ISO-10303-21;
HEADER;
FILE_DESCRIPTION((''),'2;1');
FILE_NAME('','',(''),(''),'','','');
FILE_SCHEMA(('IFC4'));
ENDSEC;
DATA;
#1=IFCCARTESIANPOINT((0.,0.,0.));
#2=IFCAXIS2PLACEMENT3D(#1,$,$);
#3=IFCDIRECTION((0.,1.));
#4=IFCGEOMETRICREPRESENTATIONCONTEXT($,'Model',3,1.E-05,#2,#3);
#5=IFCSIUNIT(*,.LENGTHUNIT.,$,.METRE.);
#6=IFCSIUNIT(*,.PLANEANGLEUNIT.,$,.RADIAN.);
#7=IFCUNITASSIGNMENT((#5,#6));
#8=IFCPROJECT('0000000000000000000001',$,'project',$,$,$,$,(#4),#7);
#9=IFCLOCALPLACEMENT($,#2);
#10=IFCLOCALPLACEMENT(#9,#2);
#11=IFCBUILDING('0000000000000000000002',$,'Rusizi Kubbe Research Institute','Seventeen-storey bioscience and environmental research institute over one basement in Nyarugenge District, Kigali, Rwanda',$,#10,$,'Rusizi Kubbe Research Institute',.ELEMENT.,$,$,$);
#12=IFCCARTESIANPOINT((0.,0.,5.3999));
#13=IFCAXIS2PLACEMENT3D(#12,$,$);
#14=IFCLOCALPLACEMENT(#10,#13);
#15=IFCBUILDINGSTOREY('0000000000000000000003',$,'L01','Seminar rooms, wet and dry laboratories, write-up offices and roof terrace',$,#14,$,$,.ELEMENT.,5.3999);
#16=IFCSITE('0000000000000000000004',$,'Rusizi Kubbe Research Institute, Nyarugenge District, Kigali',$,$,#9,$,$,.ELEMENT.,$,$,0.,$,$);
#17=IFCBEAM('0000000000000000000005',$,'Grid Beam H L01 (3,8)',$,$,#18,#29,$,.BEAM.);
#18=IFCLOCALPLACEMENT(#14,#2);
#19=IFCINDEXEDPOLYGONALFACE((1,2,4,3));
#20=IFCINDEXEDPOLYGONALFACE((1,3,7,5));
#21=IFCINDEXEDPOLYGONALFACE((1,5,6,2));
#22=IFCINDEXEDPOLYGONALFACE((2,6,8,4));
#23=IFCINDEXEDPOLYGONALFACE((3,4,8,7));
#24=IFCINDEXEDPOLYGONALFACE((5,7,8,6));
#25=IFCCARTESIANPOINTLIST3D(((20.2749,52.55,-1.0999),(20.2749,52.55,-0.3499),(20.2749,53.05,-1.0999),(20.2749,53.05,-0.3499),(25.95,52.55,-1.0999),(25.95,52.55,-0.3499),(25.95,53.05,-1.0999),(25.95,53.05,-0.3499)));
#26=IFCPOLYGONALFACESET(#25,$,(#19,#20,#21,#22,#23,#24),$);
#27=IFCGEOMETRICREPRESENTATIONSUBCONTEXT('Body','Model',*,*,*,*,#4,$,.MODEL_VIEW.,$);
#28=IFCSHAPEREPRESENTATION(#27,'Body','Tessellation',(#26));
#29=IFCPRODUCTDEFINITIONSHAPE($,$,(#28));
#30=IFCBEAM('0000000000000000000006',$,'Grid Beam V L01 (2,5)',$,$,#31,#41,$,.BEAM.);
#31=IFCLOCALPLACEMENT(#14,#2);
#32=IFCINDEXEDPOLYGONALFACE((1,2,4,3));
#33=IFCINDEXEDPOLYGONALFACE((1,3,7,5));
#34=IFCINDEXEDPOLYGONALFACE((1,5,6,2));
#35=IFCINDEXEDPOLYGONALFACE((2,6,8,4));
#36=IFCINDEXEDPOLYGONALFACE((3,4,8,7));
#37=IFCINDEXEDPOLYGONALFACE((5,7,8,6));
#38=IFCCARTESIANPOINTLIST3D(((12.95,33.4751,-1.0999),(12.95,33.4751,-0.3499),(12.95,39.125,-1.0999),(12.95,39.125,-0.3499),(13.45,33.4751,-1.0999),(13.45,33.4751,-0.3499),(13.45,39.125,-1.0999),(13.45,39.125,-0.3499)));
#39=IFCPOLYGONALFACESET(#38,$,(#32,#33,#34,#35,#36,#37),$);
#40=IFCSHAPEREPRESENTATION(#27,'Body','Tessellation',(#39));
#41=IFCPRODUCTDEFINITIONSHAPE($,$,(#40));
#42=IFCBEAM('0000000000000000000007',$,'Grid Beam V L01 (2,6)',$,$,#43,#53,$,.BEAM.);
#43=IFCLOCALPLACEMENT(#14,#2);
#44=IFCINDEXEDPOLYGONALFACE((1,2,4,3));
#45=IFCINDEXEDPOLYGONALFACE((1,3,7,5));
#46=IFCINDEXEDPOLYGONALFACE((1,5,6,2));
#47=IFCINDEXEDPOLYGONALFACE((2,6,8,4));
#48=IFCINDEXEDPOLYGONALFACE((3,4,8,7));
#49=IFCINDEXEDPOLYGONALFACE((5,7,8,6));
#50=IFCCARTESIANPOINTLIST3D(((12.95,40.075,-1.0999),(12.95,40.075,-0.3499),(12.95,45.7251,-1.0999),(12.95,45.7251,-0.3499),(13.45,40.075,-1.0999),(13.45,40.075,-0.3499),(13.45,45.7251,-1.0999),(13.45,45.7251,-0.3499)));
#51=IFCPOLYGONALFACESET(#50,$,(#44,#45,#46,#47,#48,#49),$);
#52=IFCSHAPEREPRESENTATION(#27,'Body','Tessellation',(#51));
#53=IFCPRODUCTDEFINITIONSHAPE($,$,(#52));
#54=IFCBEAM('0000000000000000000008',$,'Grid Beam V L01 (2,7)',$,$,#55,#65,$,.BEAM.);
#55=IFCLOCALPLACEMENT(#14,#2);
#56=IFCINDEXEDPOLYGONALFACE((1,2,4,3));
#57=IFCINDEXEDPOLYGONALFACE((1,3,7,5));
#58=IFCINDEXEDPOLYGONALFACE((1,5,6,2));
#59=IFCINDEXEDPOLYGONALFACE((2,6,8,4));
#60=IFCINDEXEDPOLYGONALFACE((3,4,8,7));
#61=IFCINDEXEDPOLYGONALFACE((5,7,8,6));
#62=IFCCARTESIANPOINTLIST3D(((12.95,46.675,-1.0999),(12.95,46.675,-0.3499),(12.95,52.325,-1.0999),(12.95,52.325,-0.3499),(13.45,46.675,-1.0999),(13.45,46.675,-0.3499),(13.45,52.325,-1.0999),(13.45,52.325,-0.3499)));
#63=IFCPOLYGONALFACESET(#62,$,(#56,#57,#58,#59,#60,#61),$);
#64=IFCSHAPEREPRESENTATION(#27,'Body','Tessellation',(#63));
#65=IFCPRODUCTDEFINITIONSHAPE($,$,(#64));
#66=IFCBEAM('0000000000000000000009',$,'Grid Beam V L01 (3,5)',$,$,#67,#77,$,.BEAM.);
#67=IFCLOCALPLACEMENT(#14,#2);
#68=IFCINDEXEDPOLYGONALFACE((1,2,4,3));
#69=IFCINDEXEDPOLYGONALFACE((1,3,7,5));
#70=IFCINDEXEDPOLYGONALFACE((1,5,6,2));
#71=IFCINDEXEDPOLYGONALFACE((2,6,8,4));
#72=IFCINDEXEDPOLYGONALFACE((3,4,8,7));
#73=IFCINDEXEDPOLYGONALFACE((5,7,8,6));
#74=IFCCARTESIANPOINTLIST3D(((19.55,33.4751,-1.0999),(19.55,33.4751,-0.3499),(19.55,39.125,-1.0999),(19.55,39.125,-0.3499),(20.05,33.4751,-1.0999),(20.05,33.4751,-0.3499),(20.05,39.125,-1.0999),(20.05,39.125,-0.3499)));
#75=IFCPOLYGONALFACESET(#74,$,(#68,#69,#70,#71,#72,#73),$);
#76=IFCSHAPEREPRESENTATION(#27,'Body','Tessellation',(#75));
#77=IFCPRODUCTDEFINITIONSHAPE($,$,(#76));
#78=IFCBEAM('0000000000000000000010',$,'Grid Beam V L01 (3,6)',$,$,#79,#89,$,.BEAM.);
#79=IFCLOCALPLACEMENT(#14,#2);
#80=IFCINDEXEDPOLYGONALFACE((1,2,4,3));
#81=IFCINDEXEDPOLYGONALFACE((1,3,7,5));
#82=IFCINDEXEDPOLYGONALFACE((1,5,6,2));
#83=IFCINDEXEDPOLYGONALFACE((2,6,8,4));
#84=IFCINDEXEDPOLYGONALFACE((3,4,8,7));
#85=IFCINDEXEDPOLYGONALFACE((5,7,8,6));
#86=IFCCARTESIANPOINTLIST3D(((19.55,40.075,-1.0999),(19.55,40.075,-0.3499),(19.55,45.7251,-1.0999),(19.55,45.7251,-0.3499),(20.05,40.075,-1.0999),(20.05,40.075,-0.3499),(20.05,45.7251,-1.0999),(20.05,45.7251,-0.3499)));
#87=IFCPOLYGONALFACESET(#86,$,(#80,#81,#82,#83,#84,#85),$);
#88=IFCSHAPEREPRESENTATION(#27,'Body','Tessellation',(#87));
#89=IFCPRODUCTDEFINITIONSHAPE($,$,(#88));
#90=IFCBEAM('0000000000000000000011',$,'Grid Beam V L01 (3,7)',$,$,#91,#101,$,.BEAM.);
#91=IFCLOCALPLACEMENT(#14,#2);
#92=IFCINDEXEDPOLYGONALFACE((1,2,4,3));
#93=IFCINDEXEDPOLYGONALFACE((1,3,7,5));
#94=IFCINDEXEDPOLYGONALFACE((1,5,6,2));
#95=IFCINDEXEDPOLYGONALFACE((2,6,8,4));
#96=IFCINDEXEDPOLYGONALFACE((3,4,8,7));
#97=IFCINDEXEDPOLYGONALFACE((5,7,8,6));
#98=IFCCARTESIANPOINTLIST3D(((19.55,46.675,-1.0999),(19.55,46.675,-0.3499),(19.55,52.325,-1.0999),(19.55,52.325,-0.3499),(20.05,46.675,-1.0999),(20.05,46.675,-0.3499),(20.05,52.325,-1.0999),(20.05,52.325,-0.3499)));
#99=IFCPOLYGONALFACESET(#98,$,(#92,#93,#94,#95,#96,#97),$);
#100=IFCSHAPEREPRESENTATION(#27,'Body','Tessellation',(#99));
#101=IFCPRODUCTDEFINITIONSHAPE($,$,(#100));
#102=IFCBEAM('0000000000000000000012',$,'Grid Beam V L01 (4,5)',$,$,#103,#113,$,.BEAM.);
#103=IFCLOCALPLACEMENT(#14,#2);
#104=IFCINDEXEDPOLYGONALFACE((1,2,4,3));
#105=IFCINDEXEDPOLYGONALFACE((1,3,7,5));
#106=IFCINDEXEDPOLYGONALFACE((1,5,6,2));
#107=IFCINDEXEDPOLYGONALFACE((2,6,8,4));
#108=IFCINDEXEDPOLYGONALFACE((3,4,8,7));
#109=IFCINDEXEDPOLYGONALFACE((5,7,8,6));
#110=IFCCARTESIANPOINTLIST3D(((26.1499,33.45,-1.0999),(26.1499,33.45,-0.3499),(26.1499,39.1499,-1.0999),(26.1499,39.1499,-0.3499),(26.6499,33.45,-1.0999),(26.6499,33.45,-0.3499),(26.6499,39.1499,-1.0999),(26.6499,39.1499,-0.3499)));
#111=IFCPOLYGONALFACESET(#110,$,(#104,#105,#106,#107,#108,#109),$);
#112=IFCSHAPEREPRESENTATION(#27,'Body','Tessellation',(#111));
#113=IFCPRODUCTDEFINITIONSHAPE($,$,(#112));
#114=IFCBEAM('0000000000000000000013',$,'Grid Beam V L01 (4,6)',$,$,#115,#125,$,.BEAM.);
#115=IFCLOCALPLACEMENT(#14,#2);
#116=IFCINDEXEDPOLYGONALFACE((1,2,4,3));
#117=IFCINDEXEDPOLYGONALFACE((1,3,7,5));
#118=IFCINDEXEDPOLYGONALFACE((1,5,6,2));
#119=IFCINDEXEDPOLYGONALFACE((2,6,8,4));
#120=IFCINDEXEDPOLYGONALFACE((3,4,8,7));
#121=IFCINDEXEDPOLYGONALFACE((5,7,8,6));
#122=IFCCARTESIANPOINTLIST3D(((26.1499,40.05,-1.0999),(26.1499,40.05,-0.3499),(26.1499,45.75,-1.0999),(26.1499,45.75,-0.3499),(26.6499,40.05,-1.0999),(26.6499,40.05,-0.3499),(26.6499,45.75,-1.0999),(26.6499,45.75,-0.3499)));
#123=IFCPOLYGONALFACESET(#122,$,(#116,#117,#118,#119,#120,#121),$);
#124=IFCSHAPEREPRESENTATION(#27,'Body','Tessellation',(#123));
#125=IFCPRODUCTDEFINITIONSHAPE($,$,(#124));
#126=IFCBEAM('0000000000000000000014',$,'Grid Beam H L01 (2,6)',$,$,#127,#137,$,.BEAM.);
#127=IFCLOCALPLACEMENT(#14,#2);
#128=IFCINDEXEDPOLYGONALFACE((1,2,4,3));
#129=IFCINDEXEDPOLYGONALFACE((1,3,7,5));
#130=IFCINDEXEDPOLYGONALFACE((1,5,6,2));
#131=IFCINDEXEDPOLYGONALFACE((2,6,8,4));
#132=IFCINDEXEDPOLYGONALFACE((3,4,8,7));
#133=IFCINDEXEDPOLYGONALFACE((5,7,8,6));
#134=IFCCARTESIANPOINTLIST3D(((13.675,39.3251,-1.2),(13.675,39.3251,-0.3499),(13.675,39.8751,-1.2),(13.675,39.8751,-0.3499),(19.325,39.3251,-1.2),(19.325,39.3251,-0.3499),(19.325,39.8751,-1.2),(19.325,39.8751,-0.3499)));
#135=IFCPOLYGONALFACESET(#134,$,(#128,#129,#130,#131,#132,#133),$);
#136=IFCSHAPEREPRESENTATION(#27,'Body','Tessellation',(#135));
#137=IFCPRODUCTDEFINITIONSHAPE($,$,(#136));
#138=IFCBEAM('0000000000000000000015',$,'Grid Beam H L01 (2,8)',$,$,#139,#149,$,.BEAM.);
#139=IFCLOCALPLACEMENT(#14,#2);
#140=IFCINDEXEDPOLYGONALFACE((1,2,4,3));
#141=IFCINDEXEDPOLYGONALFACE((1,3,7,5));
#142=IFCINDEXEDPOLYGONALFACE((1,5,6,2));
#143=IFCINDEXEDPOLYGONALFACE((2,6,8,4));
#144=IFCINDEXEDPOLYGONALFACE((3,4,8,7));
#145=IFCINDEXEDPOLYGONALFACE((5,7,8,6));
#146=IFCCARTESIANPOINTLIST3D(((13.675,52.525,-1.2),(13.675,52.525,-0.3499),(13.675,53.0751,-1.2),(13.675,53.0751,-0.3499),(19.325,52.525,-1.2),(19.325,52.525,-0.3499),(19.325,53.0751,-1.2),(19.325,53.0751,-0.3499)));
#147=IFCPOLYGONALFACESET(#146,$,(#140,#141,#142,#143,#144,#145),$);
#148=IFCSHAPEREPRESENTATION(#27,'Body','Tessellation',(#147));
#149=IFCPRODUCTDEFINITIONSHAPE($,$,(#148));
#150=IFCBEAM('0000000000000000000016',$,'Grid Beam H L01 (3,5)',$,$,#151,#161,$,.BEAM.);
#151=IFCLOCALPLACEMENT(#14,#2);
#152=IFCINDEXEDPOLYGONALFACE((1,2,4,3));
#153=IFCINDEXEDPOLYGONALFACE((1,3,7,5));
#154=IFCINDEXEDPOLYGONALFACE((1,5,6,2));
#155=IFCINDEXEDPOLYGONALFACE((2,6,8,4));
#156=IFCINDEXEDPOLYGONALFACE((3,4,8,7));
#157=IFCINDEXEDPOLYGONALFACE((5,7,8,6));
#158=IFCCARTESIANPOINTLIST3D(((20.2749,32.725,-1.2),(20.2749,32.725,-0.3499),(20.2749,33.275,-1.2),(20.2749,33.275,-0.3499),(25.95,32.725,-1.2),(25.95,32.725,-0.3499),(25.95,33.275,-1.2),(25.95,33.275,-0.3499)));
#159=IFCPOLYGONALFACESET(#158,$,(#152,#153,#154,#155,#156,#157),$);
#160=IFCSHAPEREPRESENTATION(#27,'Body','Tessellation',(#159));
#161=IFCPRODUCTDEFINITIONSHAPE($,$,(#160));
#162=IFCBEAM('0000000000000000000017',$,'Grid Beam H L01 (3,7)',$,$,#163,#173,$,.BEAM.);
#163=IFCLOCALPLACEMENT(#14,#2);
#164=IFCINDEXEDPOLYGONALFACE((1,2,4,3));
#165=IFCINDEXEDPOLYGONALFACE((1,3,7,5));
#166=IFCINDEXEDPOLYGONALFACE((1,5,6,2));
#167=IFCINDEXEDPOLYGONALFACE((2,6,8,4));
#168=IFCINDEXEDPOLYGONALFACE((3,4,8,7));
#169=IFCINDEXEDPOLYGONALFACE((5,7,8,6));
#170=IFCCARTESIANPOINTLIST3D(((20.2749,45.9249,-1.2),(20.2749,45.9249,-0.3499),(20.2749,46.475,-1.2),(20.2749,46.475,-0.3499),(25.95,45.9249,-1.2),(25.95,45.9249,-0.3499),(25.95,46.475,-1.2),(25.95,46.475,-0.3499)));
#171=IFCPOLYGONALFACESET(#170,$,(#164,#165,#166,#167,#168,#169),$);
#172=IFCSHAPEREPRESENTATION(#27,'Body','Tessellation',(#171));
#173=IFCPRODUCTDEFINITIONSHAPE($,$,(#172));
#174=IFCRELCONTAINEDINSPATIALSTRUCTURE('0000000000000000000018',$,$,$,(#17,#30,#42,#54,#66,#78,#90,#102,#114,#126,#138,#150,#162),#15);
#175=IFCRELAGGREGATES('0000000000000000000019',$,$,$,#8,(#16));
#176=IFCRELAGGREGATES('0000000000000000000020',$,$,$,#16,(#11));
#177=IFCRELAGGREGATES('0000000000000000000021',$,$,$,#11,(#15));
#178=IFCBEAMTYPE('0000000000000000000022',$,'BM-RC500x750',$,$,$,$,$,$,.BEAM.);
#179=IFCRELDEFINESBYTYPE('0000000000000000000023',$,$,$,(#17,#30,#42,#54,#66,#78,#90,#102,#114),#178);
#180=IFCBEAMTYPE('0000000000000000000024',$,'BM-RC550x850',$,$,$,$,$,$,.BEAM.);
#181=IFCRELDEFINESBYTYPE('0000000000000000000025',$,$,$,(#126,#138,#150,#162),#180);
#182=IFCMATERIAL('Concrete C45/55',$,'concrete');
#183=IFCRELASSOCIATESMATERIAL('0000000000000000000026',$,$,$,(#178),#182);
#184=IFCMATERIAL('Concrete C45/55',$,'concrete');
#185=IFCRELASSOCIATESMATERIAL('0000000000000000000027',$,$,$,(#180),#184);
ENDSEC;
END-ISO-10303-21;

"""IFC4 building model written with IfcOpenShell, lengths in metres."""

from ifc_helpers import new_model, si_unit, direction, frame, origin, origin_2d, place, context, subcontext, project, spatial, rectangle, extrude, material, material_profile, profile_set, type_object, element, save


model = new_model("IFC4")

# Units and contexts
model_context = context("Model", 3, precision=1e-05, world=origin(), true_north=direction((0.0, 1.0)))
body_context = subcontext(model_context, "Body", "Model", "MODEL_VIEW")
ifc_project = project(units=[si_unit("LENGTHUNIT", "METRE"), si_unit("PLANEANGLEUNIT", "RADIAN")], contexts=[model_context])

# Site, building, storey
site_placement = place(None, origin())
site = spatial("IfcSite", under=ifc_project, at=site_placement, Name="Rusizi Kubbe Research Institute, Nyarugenge District, Kigali", CompositionType="ELEMENT", RefElevation=0.0)
building_placement = place(site_placement, origin())
building = spatial("IfcBuilding", under=site, at=building_placement, Name="Rusizi Kubbe Research Institute", Description="Seventeen-storey bioscience and environmental research institute over one basement in Nyarugenge District, Kigali, Rwanda", LongName="Rusizi Kubbe Research Institute", CompositionType="ELEMENT")
storey_placement = place(building_placement, frame((0.0, 0.0, 5.3999)))
storey = spatial("IfcBuildingStorey", under=building, at=storey_placement, Name="L01", Description="Seminar rooms, wet and dry laboratories, write-up offices and roof terrace", CompositionType="ELEMENT", Elevation=5.3999)

# Beams
ifc_material_1 = material(Name="Concrete C45/55", Category="concrete")
ifc_material_profile_1 = material_profile(ifc_material_1, rectangle(XDim=0.5, YDim=0.75, at=origin_2d()), Name="RC500x750B")
ifc_profile_set_1 = profile_set([ifc_material_profile_1], Name="Concrete C45/55")
beam_type_1 = type_object("IfcBeamType", Name="BM-RC500x750", PredefinedType="BEAM", material=ifc_profile_set_1)
for number, where, z_axis, x_axis, name in (
    (1, (20.2749, 52.8, -0.7249), (1.0, 0.0, 0.0), (0.0, 1.0, 0.0), "Grid Beam H L01 (3,8)"),
):
    element("IfcBeam", number, at=place(storey_placement, frame(where, z_axis=z_axis, x_axis=x_axis)), inside=storey, type_object=beam_type_1, Name=name, PredefinedType="BEAM", context=body_context, shape_type="SweptSolid", body=[
        extrude(rectangle(XDim=0.5, YDim=0.75, at=origin_2d()), origin(), (0.0, 0.0, 1.0), 5.675),
    ])
beam_1_placement = place(storey_placement, frame((13.2, 33.4751, -0.7249), z_axis=(0.0, 1.0, 0.0), x_axis=(-1.0, 0.0, 0.0)))
element("IfcBeam", 2, at=beam_1_placement, inside=storey, type_object=beam_type_1, Name="Grid Beam V L01 (2,5)", PredefinedType="BEAM", context=body_context, shape_type="SweptSolid", body=[
    extrude(rectangle(XDim=0.5, YDim=0.75, at=origin_2d()), origin(), (0.0, 0.0, 1.0), 5.6499),
])
beam_2_placement = place(storey_placement, frame((13.2, 40.075, -0.7249), z_axis=(0.0, 1.0, 0.0), x_axis=(-1.0, 0.0, 0.0)))
element("IfcBeam", 3, at=beam_2_placement, inside=storey, type_object=beam_type_1, Name="Grid Beam V L01 (2,6)", PredefinedType="BEAM", context=body_context, shape_type="SweptSolid", body=[
    extrude(rectangle(XDim=0.5, YDim=0.75, at=origin_2d()), origin(), (0.0, 0.0, 1.0), 5.6501),
])
for number, where, z_axis, x_axis, name in (
    (4, (13.2, 46.675, -0.7249), (0.0, 1.0, 0.0), (-1.0, 0.0, 0.0), "Grid Beam V L01 (2,7)"),
    (5, (19.8, 33.4751, -0.7249), (0.0, 1.0, 0.0), (-1.0, 0.0, 0.0), "Grid Beam V L01 (3,5)"),
):
    element("IfcBeam", number, at=place(storey_placement, frame(where, z_axis=z_axis, x_axis=x_axis)), inside=storey, type_object=beam_type_1, Name=name, PredefinedType="BEAM", context=body_context, shape_type="SweptSolid", body=[
        extrude(rectangle(XDim=0.5, YDim=0.75, at=origin_2d()), origin(), (0.0, 0.0, 1.0), 5.6499),
    ])
beam_3_placement = place(storey_placement, frame((19.8, 40.075, -0.7249), z_axis=(0.0, 1.0, 0.0), x_axis=(-1.0, 0.0, 0.0)))
element("IfcBeam", 6, at=beam_3_placement, inside=storey, type_object=beam_type_1, Name="Grid Beam V L01 (3,6)", PredefinedType="BEAM", context=body_context, shape_type="SweptSolid", body=[
    extrude(rectangle(XDim=0.5, YDim=0.75, at=origin_2d()), origin(), (0.0, 0.0, 1.0), 5.6501),
])
beam_4_placement = place(storey_placement, frame((19.8, 46.675, -0.7249), z_axis=(0.0, 1.0, 0.0), x_axis=(-1.0, 0.0, 0.0)))
element("IfcBeam", 7, at=beam_4_placement, inside=storey, type_object=beam_type_1, Name="Grid Beam V L01 (3,7)", PredefinedType="BEAM", context=body_context, shape_type="SweptSolid", body=[
    extrude(rectangle(XDim=0.5, YDim=0.75, at=origin_2d()), origin(), (0.0, 0.0, 1.0), 5.6499),
])
for number, where, z_axis, x_axis, name in (
    (8, (26.3999, 33.45, -0.7249), (0.0, 1.0, 0.0), (-1.0, 0.0, 0.0), "Grid Beam V L01 (4,5)"),
    (9, (26.3999, 40.05, -0.7249), (0.0, 1.0, 0.0), (-1.0, 0.0, 0.0), "Grid Beam V L01 (4,6)"),
):
    element("IfcBeam", number, at=place(storey_placement, frame(where, z_axis=z_axis, x_axis=x_axis)), inside=storey, type_object=beam_type_1, Name=name, PredefinedType="BEAM", context=body_context, shape_type="SweptSolid", body=[
        extrude(rectangle(XDim=0.5, YDim=0.75, at=origin_2d()), origin(), (0.0, 0.0, 1.0), 5.7),
    ])
ifc_material_2 = material(Name="Concrete C45/55", Category="concrete")
ifc_material_profile_2 = material_profile(ifc_material_2, rectangle(XDim=0.55, YDim=0.8501, at=origin_2d()), Name="RC550x850")
ifc_profile_set_2 = profile_set([ifc_material_profile_2], Name="Concrete C45/55")
beam_type_2 = type_object("IfcBeamType", Name="BM-RC550x850", PredefinedType="BEAM", material=ifc_profile_set_2)
for number, where, z_axis, x_axis, name in (
    (10, (13.675, 39.6001, -0.7749), (1.0, 0.0, 0.0), (0.0, 1.0, 0.0), "Grid Beam H L01 (2,6)"),
    (11, (13.675, 52.8, -0.7749), (1.0, 0.0, 0.0), (0.0, 1.0, 0.0), "Grid Beam H L01 (2,8)"),
):
    element("IfcBeam", number, at=place(storey_placement, frame(where, z_axis=z_axis, x_axis=x_axis)), inside=storey, type_object=beam_type_2, Name=name, PredefinedType="BEAM", context=body_context, shape_type="SweptSolid", body=[
        extrude(rectangle(XDim=0.55, YDim=0.8501, at=origin_2d()), origin(), (0.0, 0.0, 1.0), 5.6499),
    ])
for number, where, z_axis, x_axis, name in (
    (12, (20.2749, 33.0, -0.7749), (1.0, 0.0, 0.0), (0.0, 1.0, 0.0), "Grid Beam H L01 (3,5)"),
    (13, (20.2749, 46.2, -0.7749), (1.0, 0.0, 0.0), (0.0, 1.0, 0.0), "Grid Beam H L01 (3,7)"),
):
    element("IfcBeam", number, at=place(storey_placement, frame(where, z_axis=z_axis, x_axis=x_axis)), inside=storey, type_object=beam_type_2, Name=name, PredefinedType="BEAM", context=body_context, shape_type="SweptSolid", body=[
        extrude(rectangle(XDim=0.55, YDim=0.8501, at=origin_2d()), origin(), (0.0, 0.0, 1.0), 5.675),
    ])

save(model, "model.ifc")
